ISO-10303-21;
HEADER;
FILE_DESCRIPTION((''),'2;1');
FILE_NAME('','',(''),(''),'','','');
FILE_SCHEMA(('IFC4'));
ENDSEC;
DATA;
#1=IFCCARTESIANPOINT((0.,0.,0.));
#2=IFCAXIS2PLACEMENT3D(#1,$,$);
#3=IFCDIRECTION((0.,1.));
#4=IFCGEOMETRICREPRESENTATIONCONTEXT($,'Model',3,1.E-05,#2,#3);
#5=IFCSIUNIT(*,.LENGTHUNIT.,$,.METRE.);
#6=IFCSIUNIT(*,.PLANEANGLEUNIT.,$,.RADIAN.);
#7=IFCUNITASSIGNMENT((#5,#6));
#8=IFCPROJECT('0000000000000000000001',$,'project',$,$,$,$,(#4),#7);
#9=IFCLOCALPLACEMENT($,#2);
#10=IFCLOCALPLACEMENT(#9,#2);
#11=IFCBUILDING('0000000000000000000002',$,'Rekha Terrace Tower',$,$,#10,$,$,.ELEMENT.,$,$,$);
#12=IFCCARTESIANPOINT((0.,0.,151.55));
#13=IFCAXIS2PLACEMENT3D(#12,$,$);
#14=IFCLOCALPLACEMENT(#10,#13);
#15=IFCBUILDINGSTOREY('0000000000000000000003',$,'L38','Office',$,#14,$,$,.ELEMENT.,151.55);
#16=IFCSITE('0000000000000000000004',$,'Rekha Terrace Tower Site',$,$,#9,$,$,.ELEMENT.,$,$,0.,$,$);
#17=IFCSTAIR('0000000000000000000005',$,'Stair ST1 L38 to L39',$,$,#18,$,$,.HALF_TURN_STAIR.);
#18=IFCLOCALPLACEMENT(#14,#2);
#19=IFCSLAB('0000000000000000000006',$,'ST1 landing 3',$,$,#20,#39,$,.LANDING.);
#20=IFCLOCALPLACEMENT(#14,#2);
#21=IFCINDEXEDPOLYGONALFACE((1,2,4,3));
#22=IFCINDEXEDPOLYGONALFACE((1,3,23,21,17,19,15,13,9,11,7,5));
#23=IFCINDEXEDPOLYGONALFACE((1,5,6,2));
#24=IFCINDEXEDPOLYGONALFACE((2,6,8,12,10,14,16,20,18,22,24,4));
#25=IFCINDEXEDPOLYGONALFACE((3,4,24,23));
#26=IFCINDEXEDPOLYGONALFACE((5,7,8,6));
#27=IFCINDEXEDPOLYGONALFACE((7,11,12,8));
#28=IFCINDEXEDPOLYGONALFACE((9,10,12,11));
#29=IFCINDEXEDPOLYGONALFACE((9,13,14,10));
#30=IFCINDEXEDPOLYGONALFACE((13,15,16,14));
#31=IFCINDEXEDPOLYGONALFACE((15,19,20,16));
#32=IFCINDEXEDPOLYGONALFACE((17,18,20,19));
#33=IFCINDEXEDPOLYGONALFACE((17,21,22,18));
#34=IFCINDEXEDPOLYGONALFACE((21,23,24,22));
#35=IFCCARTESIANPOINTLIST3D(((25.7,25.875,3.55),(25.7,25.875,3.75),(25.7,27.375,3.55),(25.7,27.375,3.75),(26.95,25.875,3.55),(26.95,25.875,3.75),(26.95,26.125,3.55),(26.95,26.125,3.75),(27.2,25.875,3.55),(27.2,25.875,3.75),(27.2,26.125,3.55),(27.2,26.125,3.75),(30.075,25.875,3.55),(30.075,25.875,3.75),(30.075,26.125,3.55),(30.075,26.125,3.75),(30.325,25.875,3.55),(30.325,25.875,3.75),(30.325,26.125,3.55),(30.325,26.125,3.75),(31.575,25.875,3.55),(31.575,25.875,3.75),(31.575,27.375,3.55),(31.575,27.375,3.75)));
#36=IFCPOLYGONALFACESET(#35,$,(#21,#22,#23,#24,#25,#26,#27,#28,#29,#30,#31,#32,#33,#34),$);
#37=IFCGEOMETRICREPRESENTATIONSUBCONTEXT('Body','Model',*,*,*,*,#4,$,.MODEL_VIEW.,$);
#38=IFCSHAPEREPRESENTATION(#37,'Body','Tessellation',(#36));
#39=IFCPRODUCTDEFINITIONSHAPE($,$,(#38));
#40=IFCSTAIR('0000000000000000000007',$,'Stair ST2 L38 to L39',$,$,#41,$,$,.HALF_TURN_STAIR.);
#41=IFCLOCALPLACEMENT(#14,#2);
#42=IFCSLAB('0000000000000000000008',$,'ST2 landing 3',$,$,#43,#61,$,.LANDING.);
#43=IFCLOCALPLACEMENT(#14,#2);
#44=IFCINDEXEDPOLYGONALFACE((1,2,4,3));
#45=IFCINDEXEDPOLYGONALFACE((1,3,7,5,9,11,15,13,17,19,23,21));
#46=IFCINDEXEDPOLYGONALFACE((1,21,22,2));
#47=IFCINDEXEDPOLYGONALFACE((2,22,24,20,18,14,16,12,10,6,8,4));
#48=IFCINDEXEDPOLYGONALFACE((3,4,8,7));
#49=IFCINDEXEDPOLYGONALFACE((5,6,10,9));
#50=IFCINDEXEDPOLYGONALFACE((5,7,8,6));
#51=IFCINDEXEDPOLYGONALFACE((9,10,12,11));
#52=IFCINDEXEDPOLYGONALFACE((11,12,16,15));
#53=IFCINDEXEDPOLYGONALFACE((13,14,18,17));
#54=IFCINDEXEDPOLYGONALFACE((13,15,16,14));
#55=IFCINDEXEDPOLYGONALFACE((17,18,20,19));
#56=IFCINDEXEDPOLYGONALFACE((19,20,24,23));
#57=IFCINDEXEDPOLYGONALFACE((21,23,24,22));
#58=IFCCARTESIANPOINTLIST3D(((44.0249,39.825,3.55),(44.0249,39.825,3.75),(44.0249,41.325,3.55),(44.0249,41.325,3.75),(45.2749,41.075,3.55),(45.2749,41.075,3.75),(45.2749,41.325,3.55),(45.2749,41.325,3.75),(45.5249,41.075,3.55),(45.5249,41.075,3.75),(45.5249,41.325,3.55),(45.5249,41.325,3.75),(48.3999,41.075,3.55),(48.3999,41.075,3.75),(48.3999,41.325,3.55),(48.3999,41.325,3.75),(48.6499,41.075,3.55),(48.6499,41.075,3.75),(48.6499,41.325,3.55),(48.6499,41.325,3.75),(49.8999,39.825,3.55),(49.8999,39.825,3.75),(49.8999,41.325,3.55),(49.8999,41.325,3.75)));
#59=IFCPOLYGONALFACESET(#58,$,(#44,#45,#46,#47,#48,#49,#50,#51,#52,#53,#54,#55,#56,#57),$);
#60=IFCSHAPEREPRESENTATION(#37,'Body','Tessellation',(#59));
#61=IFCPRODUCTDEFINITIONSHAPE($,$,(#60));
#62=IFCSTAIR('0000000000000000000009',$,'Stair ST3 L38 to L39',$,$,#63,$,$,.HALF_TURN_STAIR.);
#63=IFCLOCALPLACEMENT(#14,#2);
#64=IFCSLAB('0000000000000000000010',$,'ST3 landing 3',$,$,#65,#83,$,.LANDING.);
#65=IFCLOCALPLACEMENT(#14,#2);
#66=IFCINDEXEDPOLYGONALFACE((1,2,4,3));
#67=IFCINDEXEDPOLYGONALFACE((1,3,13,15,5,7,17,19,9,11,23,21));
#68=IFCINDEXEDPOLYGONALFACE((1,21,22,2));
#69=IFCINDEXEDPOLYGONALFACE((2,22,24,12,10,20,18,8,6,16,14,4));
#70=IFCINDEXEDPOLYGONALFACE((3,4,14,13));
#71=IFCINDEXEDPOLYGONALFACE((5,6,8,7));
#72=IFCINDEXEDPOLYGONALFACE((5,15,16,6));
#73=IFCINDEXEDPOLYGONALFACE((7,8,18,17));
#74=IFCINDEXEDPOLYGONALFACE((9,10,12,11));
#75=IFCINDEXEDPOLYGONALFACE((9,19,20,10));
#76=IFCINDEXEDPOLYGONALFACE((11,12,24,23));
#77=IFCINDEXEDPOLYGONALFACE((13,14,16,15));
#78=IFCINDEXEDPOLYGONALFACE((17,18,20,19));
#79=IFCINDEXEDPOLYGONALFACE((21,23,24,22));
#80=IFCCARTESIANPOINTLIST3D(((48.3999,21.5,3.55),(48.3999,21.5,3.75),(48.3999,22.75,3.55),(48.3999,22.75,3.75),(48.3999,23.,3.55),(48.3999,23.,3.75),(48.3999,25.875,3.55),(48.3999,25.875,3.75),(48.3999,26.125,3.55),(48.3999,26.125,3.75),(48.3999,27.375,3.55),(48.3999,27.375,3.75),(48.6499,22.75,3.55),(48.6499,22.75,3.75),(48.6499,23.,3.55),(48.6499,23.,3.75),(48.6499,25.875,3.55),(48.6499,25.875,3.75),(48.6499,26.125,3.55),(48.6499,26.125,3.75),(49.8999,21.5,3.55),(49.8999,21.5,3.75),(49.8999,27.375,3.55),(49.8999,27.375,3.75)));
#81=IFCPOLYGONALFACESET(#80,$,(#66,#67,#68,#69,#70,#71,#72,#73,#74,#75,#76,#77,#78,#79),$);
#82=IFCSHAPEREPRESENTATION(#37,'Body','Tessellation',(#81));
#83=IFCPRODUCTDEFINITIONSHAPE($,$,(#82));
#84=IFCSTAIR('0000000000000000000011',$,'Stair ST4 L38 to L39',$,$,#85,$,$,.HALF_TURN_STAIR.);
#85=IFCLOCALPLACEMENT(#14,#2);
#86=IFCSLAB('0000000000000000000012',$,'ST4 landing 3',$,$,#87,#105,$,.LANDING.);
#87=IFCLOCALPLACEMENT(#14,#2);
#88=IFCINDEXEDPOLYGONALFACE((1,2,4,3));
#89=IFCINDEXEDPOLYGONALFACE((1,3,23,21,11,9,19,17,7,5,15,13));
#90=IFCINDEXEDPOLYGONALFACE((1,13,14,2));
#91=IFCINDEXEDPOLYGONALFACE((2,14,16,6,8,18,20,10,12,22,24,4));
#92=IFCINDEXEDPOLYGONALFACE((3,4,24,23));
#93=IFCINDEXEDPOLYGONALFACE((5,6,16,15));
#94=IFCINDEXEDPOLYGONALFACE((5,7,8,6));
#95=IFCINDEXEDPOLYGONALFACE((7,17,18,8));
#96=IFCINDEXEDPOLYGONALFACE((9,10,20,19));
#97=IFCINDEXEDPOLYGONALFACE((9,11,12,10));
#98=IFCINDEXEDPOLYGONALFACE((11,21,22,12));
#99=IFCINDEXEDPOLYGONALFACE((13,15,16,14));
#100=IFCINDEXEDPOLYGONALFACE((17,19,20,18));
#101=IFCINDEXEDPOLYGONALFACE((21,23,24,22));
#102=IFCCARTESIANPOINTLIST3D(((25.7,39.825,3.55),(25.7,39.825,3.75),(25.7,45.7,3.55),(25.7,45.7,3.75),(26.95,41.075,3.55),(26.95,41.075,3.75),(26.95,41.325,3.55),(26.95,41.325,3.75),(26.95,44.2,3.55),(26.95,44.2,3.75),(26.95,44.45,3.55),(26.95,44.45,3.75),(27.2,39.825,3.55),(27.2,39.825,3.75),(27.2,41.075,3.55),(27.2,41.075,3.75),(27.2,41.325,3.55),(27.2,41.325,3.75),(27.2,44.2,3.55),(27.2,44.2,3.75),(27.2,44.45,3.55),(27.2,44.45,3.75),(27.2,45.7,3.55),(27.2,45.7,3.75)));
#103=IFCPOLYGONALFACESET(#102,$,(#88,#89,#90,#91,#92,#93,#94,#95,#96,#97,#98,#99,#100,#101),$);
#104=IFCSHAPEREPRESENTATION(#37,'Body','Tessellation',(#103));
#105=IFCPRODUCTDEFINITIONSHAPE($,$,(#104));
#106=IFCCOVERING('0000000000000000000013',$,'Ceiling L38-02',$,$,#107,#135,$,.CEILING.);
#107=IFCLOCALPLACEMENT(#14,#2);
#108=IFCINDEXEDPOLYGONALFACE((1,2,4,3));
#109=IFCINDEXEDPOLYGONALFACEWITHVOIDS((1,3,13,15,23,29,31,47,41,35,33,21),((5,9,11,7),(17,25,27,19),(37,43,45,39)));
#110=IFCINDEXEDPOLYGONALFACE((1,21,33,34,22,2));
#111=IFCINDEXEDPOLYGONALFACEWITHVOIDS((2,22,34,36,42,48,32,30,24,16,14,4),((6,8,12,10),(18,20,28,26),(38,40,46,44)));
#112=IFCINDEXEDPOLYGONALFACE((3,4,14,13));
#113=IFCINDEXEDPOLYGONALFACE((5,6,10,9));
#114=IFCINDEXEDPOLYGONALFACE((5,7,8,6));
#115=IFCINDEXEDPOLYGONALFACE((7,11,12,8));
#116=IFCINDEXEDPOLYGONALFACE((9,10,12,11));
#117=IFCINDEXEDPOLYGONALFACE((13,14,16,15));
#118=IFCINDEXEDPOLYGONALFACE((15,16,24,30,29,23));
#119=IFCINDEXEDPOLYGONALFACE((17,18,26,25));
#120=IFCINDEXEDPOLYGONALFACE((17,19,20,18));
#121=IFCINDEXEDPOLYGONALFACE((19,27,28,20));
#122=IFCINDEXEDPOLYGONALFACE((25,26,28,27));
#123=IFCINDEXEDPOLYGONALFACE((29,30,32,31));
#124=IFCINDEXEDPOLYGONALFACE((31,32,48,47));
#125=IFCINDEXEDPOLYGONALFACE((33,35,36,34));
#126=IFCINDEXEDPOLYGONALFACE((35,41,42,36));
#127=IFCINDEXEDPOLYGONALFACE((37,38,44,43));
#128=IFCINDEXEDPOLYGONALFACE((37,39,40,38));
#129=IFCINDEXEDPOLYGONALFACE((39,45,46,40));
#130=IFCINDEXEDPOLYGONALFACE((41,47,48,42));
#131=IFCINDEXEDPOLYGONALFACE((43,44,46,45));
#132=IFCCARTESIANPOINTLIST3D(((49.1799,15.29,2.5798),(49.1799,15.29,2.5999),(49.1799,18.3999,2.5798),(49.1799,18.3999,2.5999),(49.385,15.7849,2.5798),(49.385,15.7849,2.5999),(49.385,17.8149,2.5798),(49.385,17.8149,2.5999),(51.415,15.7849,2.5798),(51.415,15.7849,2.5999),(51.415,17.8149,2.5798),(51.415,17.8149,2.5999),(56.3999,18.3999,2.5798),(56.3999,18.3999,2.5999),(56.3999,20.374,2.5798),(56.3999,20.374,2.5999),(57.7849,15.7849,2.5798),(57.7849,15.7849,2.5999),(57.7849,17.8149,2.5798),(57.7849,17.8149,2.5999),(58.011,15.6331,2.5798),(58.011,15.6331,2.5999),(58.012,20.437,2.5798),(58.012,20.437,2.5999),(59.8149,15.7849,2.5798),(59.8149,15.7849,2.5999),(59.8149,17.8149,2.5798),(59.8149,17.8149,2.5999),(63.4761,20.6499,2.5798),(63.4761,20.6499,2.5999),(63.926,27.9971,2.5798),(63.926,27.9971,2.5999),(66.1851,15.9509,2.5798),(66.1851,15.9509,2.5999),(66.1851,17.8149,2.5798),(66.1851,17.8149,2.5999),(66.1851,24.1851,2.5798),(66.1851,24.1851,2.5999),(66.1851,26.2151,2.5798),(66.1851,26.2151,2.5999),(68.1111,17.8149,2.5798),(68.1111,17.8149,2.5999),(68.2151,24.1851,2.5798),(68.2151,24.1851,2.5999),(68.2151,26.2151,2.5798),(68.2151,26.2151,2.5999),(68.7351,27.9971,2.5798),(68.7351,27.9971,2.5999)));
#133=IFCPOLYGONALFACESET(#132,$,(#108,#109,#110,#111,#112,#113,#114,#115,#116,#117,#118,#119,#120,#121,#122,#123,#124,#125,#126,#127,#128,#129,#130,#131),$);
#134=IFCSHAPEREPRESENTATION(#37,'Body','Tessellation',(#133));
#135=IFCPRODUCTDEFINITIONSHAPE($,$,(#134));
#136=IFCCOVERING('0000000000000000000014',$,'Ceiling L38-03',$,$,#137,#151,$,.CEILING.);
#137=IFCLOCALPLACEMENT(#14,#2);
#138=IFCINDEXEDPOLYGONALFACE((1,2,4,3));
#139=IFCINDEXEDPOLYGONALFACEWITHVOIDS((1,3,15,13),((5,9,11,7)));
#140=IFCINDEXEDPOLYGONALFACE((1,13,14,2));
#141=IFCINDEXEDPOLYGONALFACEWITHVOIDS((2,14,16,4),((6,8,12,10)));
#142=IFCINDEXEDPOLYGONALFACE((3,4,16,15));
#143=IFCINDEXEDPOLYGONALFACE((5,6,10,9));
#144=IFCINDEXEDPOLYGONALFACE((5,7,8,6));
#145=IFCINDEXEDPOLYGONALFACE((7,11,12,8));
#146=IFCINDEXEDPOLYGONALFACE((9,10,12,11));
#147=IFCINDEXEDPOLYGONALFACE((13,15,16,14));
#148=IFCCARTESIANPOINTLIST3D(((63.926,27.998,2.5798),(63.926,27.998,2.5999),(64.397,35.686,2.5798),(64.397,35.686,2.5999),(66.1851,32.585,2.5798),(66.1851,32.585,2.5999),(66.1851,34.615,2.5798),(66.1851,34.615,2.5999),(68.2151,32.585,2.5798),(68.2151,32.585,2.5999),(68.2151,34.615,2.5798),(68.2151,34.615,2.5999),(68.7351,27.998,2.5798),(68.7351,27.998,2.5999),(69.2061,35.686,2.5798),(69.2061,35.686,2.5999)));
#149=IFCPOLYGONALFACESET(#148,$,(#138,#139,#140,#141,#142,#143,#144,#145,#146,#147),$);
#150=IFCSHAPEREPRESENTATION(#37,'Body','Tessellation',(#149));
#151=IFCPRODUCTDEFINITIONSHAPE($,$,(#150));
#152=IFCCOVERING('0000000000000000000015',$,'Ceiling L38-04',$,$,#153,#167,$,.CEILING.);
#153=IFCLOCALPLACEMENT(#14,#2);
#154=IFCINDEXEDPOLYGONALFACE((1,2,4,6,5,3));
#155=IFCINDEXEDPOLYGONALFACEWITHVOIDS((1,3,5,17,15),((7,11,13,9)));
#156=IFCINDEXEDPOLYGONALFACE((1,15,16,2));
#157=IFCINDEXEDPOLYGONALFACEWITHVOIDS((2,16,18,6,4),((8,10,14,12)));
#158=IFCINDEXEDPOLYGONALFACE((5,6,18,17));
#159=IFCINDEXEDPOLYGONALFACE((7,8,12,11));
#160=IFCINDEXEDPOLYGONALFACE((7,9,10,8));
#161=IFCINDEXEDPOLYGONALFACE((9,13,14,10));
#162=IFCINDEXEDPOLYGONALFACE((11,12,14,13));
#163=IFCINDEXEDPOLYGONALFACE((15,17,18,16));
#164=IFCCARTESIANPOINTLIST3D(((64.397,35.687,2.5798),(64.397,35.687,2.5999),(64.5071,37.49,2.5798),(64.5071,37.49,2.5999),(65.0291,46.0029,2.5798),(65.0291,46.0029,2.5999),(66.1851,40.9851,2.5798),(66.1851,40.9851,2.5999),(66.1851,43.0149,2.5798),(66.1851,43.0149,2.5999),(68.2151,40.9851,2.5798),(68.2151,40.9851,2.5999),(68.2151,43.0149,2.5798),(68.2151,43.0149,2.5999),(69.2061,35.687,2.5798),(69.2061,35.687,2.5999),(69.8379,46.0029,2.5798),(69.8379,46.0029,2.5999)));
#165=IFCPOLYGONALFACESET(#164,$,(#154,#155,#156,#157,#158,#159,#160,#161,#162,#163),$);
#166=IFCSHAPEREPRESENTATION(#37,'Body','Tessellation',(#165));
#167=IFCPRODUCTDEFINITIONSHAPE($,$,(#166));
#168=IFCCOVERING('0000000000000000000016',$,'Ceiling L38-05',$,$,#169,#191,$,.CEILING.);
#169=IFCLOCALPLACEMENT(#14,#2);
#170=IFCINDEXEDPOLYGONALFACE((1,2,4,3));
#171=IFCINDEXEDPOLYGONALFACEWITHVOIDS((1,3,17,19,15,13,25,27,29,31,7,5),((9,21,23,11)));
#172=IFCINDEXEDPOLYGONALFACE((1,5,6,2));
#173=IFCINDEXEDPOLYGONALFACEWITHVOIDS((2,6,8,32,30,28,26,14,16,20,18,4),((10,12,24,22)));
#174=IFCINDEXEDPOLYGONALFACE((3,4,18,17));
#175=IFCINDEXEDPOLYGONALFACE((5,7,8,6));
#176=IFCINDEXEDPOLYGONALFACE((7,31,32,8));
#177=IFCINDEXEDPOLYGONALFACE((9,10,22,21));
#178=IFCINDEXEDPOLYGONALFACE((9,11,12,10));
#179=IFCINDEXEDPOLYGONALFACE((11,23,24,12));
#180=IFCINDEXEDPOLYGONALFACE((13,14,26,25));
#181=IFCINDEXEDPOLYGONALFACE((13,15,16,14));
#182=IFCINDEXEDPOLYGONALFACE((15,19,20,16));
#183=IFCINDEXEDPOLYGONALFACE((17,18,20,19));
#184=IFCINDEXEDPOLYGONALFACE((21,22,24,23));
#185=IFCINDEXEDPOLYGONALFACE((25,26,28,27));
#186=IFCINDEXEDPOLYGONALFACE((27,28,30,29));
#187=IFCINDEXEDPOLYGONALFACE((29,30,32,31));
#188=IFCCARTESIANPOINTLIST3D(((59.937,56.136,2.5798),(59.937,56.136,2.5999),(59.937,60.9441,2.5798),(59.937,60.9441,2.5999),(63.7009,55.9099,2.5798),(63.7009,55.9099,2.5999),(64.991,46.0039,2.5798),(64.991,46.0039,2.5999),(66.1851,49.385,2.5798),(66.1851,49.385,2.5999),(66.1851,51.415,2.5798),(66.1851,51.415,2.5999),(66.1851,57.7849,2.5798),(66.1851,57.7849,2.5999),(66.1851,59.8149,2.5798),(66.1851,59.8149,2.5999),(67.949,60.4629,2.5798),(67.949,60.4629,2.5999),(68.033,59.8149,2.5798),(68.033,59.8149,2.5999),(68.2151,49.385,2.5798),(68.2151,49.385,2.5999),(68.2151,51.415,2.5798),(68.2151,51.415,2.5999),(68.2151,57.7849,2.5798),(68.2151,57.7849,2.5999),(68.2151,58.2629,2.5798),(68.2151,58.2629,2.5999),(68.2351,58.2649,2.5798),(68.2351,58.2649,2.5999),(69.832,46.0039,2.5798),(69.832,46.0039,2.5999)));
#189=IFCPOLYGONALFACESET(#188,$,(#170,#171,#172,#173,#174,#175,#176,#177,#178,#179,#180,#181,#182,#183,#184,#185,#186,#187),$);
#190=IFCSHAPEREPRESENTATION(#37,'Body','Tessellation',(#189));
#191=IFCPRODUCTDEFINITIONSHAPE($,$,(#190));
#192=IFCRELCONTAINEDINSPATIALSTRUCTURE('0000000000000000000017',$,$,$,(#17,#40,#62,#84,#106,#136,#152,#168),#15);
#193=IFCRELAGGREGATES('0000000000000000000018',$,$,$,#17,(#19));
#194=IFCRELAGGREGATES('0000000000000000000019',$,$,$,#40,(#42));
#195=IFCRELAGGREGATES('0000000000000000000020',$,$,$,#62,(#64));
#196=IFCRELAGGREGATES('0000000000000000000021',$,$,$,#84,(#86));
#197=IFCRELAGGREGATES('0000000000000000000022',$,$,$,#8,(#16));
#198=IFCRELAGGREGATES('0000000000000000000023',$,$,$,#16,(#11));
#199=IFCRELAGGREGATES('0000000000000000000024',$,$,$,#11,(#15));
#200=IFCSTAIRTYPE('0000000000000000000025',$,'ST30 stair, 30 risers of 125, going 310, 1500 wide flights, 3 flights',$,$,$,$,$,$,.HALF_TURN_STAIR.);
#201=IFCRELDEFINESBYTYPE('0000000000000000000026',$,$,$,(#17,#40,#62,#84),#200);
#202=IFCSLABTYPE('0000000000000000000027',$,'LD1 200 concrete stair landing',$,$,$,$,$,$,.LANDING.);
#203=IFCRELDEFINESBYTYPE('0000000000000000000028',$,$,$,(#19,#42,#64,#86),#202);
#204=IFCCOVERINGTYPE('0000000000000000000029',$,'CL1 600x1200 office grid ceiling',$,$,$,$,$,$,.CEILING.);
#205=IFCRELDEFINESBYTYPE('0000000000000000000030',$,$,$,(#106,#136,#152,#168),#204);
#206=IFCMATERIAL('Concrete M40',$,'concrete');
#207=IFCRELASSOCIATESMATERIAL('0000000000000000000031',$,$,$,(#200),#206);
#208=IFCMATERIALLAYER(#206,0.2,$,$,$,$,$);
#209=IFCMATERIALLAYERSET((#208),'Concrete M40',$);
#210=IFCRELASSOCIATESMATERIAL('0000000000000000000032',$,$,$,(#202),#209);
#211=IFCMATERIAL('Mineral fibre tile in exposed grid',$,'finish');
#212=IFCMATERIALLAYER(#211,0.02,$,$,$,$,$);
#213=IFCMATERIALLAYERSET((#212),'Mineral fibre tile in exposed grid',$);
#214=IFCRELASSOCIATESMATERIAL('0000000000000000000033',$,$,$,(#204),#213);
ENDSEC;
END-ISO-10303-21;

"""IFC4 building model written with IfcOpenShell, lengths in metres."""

from ifc_helpers import new_model, si_unit, direction, frame, origin, place, context, subcontext, project, spatial, polyline, outline, extrude, material, layer, layer_set, type_object, element, aggregate, save


model = new_model("IFC4")

# Units and contexts
model_context = context("Model", 3, precision=1e-05, world=origin(), true_north=direction((0.0, 1.0)))
body_context = subcontext(model_context, "Body", "Model", "MODEL_VIEW")
ifc_project = project(units=[si_unit("LENGTHUNIT", "METRE"), si_unit("PLANEANGLEUNIT", "RADIAN")], contexts=[model_context])

# Site, building, storey
site_placement = place(None, origin())
site = spatial("IfcSite", under=ifc_project, at=site_placement, Name="Rekha Terrace Tower Site", CompositionType="ELEMENT", RefElevation=0.0)
building_placement = place(site_placement, origin())
building = spatial("IfcBuilding", under=site, at=building_placement, Name="Rekha Terrace Tower", CompositionType="ELEMENT")
storey_placement = place(building_placement, frame((0.0, 0.0, 151.55)))
storey = spatial("IfcBuildingStorey", under=building, at=storey_placement, Name="L38", Description="Office", CompositionType="ELEMENT", Elevation=151.55)

# Stairs, slabs
ifc_material_1 = material(Name="Concrete M40", Category="concrete")
stair_type = type_object("IfcStairType", Name="ST30 stair, 30 risers of 125, going 310, 1500 wide flights, 3 flights", PredefinedType="HALF_TURN_STAIR", material=ifc_material_1)
stair_1_placement = place(storey_placement, origin())
stair_1 = element("IfcStair", 1, at=stair_1_placement, inside=storey, type_object=stair_type, Name="Stair ST1 L38 to L39", PredefinedType="HALF_TURN_STAIR")
ifc_layer_1 = layer(ifc_material_1, 0.2)
ifc_layer_set_1 = layer_set([ifc_layer_1], Name="Concrete M40")
slab_type = type_object("IfcSlabType", Name="LD1 200 concrete stair landing", PredefinedType="LANDING", material=ifc_layer_set_1)
slab_1_placement = place(storey_placement, frame((0.0, 0.0, 3.55)))
slab_1 = element("IfcSlab", 2, at=slab_1_placement, type_object=slab_type, Name="ST1 landing 3", PredefinedType="LANDING", context=body_context, shape_type="SweptSolid", body=[
    extrude(outline(polyline([(31.575, 25.875), (31.575, 27.375), (25.7, 27.375), (25.7, 25.875), (26.95, 25.875), (26.95, 26.125), (27.2, 26.125), (27.2, 25.875), (30.075, 25.875), (30.075, 26.125), (30.325, 26.125), (30.325, 25.875), (31.575, 25.875)])), origin(), (0.0, 0.0, 1.0), 0.2),
])
aggregate(stair_1, [slab_1])
stair_2_placement = place(storey_placement, origin())
stair_2 = element("IfcStair", 3, at=stair_2_placement, inside=storey, type_object=stair_type, Name="Stair ST2 L38 to L39", PredefinedType="HALF_TURN_STAIR")
slab_2_placement = place(storey_placement, frame((0.0, 0.0, 3.55)))
slab_2 = element("IfcSlab", 4, at=slab_2_placement, type_object=slab_type, Name="ST2 landing 3", PredefinedType="LANDING", context=body_context, shape_type="SweptSolid", body=[
    extrude(outline(polyline([(44.0249, 41.325), (44.0249, 39.825), (49.8999, 39.825), (49.8999, 41.325), (48.6499, 41.325), (48.6499, 41.075), (48.3999, 41.075), (48.3999, 41.325), (45.5249, 41.325), (45.5249, 41.075), (45.2749, 41.075), (45.2749, 41.325), (44.0249, 41.325)])), origin(), (0.0, 0.0, 1.0), 0.2),
])
aggregate(stair_2, [slab_2])
stair_3_placement = place(storey_placement, origin())
stair_3 = element("IfcStair", 5, at=stair_3_placement, inside=storey, type_object=stair_type, Name="Stair ST3 L38 to L39", PredefinedType="HALF_TURN_STAIR")
slab_3_placement = place(storey_placement, frame((0.0, 0.0, 3.55)))
slab_3 = element("IfcSlab", 6, at=slab_3_placement, type_object=slab_type, Name="ST3 landing 3", PredefinedType="LANDING", context=body_context, shape_type="SweptSolid", body=[
    extrude(outline(polyline([(48.3999, 21.5), (49.8999, 21.5), (49.8999, 27.375), (48.3999, 27.375), (48.3999, 26.125), (48.6499, 26.125), (48.6499, 25.875), (48.3999, 25.875), (48.3999, 23.0), (48.6499, 23.0), (48.6499, 22.75), (48.3999, 22.75), (48.3999, 21.5)])), origin(), (0.0, 0.0, 1.0), 0.2),
])
aggregate(stair_3, [slab_3])
stair_4_placement = place(storey_placement, origin())
stair_4 = element("IfcStair", 7, at=stair_4_placement, inside=storey, type_object=stair_type, Name="Stair ST4 L38 to L39", PredefinedType="HALF_TURN_STAIR")
slab_4_placement = place(storey_placement, frame((0.0, 0.0, 3.55)))
slab_4 = element("IfcSlab", 8, at=slab_4_placement, type_object=slab_type, Name="ST4 landing 3", PredefinedType="LANDING", context=body_context, shape_type="SweptSolid", body=[
    extrude(outline(polyline([(27.2, 39.825), (25.7, 39.825), (25.7, 45.7), (27.2, 45.7), (27.2, 44.45), (26.95, 44.45), (26.95, 44.2), (27.2, 44.2), (27.2, 41.325), (26.95, 41.325), (26.95, 41.075), (27.2, 41.075), (27.2, 39.825)])), origin(), (0.0, 0.0, 1.0), 0.2),
])
aggregate(stair_4, [slab_4])

# Coverings
ifc_material_2 = material(Name="Mineral fibre tile in exposed grid", Category="finish")
ifc_layer_2 = layer(ifc_material_2, 0.02)
ifc_layer_set_2 = layer_set([ifc_layer_2], Name="Mineral fibre tile in exposed grid")
covering_type_1 = type_object("IfcCoveringType", Name="CL1 600x1200 office grid ceiling", PredefinedType="CEILING", material=ifc_layer_set_2)
covering_1_placement = place(storey_placement, frame((0.0, 0.0, 2.5798)))
element("IfcCovering", 9, at=covering_1_placement, inside=storey, type_object=covering_type_1, Name="Ceiling L38-02", PredefinedType="CEILING", context=body_context, shape_type="SweptSolid", body=[
    extrude(outline(polyline([(63.4761, 20.6499), (58.012, 20.437), (56.3999, 20.374), (56.3999, 18.3999), (49.1799, 18.3999), (49.1799, 15.29), (58.011, 15.6331), (66.1851, 15.9509), (66.1851, 17.8149), (68.1111, 17.8149), (68.7351, 27.9971), (63.926, 27.9971), (63.4761, 20.6499)]), holes=[polyline([(68.2151, 24.1851), (66.1851, 24.1851), (66.1851, 26.2151), (68.2151, 26.2151), (68.2151, 24.1851)]), polyline([(59.8149, 15.7849), (57.7849, 15.7849), (57.7849, 17.8149), (59.8149, 17.8149), (59.8149, 15.7849)]), polyline([(51.415, 15.7849), (49.385, 15.7849), (49.385, 17.8149), (51.415, 17.8149), (51.415, 15.7849)])]), origin(), (0.0, 0.0, 1.0), 0.02),
])
covering_2_placement = place(storey_placement, frame((0.0, 0.0, 2.5798)))
element("IfcCovering", 10, at=covering_2_placement, inside=storey, type_object=covering_type_1, Name="Ceiling L38-03", PredefinedType="CEILING", context=body_context, shape_type="SweptSolid", body=[
    extrude(outline(polyline([(63.926, 27.998), (68.7351, 27.998), (69.2061, 35.686), (64.397, 35.686), (63.926, 27.998)]), holes=[polyline([(68.2151, 34.615), (68.2151, 32.585), (66.1851, 32.585), (66.1851, 34.615), (68.2151, 34.615)])]), origin(), (0.0, 0.0, 1.0), 0.02),
])
covering_3_placement = place(storey_placement, frame((0.0, 0.0, 2.5798)))
element("IfcCovering", 11, at=covering_3_placement, inside=storey, type_object=covering_type_1, Name="Ceiling L38-04", PredefinedType="CEILING", context=body_context, shape_type="SweptSolid", body=[
    extrude(outline(polyline([(69.8379, 46.0029), (65.0291, 46.0029), (64.5071, 37.49), (64.397, 35.687), (69.2061, 35.687), (69.8379, 46.0029)]), holes=[polyline([(68.2151, 40.9851), (66.1851, 40.9851), (66.1851, 43.0149), (68.2151, 43.0149), (68.2151, 40.9851)])]), origin(), (0.0, 0.0, 1.0), 0.02),
])
covering_4_placement = place(storey_placement, frame((0.0, 0.0, 2.5798)))
element("IfcCovering", 12, at=covering_4_placement, inside=storey, type_object=covering_type_1, Name="Ceiling L38-05", PredefinedType="CEILING", context=body_context, shape_type="SweptSolid", body=[
    extrude(outline(polyline([(67.949, 60.4629), (59.937, 60.9441), (59.937, 56.136), (63.7009, 55.9099), (64.991, 46.0039), (69.832, 46.0039), (68.2351, 58.2649), (68.2151, 58.2629), (68.2151, 57.7849), (66.1851, 57.7849), (66.1851, 59.8149), (68.033, 59.8149), (67.949, 60.4629)]), holes=[polyline([(68.2151, 49.385), (66.1851, 49.385), (66.1851, 51.415), (68.2151, 51.415), (68.2151, 49.385)])]), origin(), (0.0, 0.0, 1.0), 0.02),
])

save(model, "model.ifc")
